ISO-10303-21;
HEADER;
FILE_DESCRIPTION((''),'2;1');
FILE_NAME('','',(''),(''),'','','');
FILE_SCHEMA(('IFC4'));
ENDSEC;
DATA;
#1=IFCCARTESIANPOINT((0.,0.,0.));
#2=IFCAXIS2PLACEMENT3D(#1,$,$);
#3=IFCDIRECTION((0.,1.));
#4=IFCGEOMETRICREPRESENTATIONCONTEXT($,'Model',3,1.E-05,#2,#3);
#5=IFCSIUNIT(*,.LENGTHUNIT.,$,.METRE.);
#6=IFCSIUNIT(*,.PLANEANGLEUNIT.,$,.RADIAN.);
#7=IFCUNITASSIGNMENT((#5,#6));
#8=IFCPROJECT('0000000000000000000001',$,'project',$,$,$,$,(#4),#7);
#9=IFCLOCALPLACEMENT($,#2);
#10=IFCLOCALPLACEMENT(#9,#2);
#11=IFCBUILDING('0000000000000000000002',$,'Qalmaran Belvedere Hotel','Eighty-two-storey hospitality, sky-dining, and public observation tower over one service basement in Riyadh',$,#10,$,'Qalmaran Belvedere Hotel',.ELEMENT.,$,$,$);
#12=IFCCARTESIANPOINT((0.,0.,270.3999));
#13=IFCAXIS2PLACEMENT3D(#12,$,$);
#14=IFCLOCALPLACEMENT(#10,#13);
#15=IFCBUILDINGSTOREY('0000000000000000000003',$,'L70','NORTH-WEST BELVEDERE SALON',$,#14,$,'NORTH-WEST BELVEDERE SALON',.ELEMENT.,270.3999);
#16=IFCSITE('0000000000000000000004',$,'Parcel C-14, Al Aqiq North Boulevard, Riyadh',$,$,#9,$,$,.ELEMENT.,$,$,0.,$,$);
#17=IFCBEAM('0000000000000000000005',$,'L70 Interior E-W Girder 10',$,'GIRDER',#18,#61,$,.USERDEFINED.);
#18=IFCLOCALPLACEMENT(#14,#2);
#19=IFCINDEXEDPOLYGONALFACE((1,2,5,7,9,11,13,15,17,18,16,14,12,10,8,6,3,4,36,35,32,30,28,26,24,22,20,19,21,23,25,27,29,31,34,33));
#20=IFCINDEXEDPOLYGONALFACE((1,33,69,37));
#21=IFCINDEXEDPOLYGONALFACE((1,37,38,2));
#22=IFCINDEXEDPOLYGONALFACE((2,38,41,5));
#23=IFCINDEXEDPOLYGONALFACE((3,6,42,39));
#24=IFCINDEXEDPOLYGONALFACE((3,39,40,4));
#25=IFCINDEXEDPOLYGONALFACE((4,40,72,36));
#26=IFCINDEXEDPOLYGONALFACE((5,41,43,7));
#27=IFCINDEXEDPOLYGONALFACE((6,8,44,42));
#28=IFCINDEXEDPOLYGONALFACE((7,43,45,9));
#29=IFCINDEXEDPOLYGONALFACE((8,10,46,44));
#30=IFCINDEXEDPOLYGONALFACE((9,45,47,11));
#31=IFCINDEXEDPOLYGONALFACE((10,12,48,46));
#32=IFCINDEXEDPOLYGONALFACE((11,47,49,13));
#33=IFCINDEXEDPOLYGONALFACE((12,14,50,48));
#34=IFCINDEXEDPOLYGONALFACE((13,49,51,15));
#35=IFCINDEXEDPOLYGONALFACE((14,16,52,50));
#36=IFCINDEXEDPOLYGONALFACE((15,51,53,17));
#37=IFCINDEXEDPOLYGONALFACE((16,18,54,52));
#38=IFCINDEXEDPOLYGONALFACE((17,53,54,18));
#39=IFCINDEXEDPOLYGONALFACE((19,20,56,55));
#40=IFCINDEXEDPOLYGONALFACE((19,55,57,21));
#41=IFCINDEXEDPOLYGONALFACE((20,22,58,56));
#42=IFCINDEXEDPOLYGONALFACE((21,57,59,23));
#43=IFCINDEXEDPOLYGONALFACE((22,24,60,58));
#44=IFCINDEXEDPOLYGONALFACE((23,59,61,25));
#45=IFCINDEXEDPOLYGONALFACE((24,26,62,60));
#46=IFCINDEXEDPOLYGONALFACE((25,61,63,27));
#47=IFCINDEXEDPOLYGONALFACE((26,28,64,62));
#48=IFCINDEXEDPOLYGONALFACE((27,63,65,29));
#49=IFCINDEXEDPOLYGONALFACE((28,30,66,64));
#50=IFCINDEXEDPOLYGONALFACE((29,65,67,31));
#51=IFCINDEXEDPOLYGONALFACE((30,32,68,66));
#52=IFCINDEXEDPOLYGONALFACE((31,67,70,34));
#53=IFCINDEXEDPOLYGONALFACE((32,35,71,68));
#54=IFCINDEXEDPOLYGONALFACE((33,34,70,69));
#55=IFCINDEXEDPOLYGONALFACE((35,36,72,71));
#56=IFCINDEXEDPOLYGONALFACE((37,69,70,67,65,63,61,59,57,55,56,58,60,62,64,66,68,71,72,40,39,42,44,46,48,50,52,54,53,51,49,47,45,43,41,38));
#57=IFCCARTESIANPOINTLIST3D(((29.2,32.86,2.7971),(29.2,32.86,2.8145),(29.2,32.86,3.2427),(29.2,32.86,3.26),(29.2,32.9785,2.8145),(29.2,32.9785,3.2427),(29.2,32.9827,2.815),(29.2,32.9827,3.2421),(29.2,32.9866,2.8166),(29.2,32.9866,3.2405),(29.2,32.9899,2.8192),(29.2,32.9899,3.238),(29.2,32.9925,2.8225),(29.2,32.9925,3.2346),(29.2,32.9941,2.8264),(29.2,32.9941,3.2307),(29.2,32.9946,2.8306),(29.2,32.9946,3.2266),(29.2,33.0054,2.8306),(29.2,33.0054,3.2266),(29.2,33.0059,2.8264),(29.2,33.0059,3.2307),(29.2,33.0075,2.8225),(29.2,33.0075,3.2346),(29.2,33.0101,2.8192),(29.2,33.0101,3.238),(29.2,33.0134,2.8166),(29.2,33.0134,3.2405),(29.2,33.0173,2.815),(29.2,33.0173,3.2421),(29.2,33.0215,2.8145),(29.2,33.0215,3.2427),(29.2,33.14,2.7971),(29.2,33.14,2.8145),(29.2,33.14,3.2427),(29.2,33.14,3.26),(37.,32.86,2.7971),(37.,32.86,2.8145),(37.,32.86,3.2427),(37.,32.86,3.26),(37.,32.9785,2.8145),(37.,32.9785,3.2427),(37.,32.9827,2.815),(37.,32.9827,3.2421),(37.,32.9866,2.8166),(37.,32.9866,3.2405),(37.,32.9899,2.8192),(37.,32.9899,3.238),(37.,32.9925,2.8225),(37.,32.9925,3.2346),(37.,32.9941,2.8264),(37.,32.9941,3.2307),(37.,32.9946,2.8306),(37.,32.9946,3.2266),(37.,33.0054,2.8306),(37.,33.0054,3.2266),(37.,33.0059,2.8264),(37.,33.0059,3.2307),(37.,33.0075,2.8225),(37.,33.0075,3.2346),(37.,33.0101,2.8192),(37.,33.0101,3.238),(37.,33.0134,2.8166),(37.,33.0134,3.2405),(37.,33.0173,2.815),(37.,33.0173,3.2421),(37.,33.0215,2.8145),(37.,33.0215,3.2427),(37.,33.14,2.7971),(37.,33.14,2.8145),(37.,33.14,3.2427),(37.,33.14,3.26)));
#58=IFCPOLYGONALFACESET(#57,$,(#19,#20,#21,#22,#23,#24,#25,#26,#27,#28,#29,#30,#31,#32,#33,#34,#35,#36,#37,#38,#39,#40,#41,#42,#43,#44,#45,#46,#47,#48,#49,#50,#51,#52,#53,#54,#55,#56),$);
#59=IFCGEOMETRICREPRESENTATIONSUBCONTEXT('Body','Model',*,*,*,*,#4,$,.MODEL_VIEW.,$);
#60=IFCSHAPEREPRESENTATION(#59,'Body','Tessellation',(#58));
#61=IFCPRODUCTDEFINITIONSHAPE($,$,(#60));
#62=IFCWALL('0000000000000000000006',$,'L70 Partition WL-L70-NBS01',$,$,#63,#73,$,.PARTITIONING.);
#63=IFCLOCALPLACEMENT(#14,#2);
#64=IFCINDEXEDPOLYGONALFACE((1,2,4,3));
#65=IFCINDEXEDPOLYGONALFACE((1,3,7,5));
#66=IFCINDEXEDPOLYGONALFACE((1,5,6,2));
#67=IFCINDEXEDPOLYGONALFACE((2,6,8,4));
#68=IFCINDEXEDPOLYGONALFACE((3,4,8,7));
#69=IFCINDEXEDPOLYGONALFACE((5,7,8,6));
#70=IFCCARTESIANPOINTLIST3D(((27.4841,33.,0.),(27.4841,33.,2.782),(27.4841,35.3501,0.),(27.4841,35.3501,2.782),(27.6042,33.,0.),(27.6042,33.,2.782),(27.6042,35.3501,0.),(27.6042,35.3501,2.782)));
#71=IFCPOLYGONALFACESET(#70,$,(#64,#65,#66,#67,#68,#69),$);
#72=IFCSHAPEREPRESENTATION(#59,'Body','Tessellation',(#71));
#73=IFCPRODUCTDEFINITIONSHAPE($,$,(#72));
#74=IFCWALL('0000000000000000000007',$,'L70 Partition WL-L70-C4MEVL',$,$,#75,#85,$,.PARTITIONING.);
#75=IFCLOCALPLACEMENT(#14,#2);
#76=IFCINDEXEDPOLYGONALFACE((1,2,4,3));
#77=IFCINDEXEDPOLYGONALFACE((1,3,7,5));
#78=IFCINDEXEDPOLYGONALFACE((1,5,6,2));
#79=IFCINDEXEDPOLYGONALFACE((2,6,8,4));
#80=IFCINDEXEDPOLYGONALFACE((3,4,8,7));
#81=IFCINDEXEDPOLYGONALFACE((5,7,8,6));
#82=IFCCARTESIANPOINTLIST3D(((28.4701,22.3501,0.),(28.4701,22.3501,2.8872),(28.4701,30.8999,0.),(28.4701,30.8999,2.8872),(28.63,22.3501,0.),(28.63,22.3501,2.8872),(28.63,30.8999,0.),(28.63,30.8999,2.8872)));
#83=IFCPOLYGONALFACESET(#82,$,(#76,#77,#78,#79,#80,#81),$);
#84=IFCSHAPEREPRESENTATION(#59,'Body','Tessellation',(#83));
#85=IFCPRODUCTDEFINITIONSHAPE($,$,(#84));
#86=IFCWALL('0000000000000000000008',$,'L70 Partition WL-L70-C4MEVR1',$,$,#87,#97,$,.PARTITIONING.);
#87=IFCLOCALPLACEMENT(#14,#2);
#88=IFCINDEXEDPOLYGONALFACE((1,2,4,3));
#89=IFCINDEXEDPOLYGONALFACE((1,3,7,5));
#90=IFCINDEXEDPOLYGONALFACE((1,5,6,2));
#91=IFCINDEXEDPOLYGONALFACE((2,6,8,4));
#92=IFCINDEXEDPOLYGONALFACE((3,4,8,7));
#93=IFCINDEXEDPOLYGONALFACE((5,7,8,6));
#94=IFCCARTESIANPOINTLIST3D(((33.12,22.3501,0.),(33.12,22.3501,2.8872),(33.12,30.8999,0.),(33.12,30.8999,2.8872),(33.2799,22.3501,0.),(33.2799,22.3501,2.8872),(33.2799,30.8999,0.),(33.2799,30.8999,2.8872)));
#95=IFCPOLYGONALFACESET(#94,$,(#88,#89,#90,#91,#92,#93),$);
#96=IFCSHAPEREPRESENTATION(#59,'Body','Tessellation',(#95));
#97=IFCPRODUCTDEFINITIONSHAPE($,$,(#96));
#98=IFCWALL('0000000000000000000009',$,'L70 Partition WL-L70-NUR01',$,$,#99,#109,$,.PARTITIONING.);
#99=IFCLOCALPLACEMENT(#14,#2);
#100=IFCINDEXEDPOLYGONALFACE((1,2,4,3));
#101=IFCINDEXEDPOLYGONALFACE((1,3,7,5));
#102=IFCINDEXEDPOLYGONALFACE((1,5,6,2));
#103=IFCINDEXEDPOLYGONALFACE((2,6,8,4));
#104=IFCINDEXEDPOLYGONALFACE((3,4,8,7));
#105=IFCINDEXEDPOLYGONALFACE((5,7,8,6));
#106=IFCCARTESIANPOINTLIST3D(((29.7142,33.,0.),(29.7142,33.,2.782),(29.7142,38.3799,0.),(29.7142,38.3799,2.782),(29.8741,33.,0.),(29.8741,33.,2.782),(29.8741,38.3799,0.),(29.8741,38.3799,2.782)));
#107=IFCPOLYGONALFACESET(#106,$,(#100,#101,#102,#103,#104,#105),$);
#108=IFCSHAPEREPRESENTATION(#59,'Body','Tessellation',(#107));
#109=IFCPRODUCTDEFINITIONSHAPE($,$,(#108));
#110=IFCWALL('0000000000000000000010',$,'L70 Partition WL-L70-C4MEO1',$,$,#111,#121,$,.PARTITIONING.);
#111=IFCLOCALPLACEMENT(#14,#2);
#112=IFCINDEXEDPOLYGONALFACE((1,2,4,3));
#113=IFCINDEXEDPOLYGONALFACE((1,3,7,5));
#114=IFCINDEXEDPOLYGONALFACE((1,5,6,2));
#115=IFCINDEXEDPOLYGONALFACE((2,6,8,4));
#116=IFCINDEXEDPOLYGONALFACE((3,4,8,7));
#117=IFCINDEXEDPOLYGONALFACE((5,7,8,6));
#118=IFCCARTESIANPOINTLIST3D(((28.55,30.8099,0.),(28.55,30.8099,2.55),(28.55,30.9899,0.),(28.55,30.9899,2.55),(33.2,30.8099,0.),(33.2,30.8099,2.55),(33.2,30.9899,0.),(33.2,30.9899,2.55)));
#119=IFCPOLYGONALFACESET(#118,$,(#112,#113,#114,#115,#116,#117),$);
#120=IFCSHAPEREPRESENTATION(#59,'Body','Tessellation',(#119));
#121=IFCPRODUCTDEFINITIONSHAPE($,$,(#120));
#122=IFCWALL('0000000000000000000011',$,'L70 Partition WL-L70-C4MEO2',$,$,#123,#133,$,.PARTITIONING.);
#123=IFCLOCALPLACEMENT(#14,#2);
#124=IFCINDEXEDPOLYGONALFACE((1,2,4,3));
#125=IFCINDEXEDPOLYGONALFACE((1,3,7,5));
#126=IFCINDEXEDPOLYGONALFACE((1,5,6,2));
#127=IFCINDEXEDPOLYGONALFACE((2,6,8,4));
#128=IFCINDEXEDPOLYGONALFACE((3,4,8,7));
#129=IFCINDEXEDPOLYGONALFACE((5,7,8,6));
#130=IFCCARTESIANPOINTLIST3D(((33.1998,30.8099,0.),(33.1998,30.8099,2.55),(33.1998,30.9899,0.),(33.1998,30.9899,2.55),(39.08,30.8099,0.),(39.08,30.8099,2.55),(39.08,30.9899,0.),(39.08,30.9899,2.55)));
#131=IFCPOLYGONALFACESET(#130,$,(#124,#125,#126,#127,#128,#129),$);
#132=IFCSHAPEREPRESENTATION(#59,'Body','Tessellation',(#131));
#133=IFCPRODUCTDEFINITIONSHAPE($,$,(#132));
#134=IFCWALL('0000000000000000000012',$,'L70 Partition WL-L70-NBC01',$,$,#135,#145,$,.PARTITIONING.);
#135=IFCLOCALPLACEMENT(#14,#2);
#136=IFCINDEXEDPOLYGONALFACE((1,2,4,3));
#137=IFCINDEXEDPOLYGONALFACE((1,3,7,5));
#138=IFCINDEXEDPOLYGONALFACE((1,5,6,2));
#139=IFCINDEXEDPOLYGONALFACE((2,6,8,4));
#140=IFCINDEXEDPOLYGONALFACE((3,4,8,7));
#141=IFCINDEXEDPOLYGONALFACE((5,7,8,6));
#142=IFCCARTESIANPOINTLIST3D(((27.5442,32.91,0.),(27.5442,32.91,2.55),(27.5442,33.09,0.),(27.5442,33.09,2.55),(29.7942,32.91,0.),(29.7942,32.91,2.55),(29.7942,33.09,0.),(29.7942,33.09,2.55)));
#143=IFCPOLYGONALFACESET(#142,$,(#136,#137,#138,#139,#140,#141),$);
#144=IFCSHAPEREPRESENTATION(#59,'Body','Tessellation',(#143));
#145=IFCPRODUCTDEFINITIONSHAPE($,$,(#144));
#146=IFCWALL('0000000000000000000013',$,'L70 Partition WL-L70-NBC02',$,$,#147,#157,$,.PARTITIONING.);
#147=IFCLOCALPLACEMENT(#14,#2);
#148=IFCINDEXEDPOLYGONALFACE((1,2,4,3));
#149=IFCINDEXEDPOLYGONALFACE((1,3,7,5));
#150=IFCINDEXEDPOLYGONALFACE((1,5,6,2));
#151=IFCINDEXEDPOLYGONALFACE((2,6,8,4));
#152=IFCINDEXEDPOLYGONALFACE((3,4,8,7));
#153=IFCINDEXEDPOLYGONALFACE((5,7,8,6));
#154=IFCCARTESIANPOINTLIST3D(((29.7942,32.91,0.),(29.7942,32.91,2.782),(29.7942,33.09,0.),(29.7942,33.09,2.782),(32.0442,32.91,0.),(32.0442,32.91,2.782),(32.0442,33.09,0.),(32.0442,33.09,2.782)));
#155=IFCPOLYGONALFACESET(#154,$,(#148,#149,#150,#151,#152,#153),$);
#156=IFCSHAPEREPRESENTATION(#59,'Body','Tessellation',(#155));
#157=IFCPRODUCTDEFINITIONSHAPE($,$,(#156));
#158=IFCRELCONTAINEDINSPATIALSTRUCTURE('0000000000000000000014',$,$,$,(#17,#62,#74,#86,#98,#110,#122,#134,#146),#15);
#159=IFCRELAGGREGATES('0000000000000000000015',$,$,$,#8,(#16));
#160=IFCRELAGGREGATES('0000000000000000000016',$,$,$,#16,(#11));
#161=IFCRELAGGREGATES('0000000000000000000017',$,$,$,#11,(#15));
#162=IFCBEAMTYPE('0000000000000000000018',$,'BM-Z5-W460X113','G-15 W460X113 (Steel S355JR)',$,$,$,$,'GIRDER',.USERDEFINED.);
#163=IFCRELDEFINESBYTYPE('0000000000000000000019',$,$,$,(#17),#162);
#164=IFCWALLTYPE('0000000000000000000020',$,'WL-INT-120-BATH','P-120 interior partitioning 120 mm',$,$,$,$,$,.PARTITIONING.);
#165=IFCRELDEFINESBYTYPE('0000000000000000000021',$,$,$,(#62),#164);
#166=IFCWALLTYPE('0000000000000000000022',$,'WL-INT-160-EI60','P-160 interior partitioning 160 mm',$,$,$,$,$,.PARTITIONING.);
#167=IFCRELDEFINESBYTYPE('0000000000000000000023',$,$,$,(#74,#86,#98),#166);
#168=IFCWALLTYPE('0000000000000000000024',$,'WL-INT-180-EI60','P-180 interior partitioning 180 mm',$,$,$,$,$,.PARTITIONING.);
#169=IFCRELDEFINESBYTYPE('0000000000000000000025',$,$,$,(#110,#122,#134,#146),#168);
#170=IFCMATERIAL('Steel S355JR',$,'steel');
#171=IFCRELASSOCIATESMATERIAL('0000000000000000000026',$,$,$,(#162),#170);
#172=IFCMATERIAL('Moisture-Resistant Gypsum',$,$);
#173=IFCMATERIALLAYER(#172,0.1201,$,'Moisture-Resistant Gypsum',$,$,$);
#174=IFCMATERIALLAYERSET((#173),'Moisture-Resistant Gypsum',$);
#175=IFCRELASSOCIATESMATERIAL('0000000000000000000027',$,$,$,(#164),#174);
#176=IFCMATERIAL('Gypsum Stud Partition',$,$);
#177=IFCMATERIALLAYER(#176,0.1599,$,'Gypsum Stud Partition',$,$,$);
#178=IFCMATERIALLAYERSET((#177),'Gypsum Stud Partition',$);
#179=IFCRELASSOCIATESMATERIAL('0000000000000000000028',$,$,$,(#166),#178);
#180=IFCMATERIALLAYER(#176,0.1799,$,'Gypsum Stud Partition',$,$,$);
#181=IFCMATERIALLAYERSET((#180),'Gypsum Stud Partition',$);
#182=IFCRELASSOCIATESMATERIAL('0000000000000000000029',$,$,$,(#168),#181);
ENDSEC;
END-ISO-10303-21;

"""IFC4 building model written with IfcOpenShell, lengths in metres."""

from ifc_helpers import new_model, si_unit, direction, frame, frame_2d, origin, origin_2d, place, context, subcontext, project, spatial, rectangle, i_section, extrude, material, layer, layer_set, material_profile, profile_set, type_object, element, save


model = new_model("IFC4")

# Units and contexts
model_context = context("Model", 3, precision=1e-05, world=origin(), true_north=direction((0.0, 1.0)))
body_context = subcontext(model_context, "Body", "Model", "MODEL_VIEW")
ifc_project = project(units=[si_unit("LENGTHUNIT", "METRE"), si_unit("PLANEANGLEUNIT", "RADIAN")], contexts=[model_context])

# Site, building, storey
site_placement = place(None, origin())
site = spatial("IfcSite", under=ifc_project, at=site_placement, Name="Parcel C-14, Al Aqiq North Boulevard, Riyadh", CompositionType="ELEMENT", RefElevation=0.0)
building_placement = place(site_placement, origin())
building = spatial("IfcBuilding", under=site, at=building_placement, Name="Qalmaran Belvedere Hotel", Description="Eighty-two-storey hospitality, sky-dining, and public observation tower over one service basement in Riyadh", LongName="Qalmaran Belvedere Hotel", CompositionType="ELEMENT")
storey_placement = place(building_placement, frame((0.0, 0.0, 270.3999)))
storey = spatial("IfcBuildingStorey", under=building, at=storey_placement, Name="L70", Description="NORTH-WEST BELVEDERE SALON", LongName="NORTH-WEST BELVEDERE SALON", CompositionType="ELEMENT", Elevation=270.3999)

# Beam
ifc_material_1 = material(Name="Steel S355JR", Category="steel")
ifc_material_profile_1 = material_profile(ifc_material_1, i_section(OverallWidth=0.28, OverallDepth=0.4629, WebThickness=0.0107, FlangeThickness=0.0173, FilletRadius=0.0161, at=origin_2d()), Name="W460X113")
ifc_profile_set_1 = profile_set([ifc_material_profile_1], Name="Steel S355JR")
beam_type_1 = type_object("IfcBeamType", Name="BM-Z5-W460X113", Description="G-15 W460X113 (Steel S355JR)", ElementType="GIRDER", PredefinedType="USERDEFINED", material=ifc_profile_set_1)
beam_1_placement = place(storey_placement, frame((29.2, 33.0, 3.0286), z_axis=(1.0, 0.0, 0.0), x_axis=(0.0, 1.0, 0.0)))
element("IfcBeam", 1, at=beam_1_placement, inside=storey, type_object=beam_type_1, Name="L70 Interior E-W Girder 10", ObjectType="GIRDER", PredefinedType="USERDEFINED", context=body_context, shape_type="SweptSolid", body=[
    extrude(i_section(OverallWidth=0.28, OverallDepth=0.4629, WebThickness=0.0107, FlangeThickness=0.0173, FilletRadius=0.0161, at=origin_2d()), origin(), (0.0, 0.0, 1.0), 7.8),
])

# Walls
ifc_material_2 = material(Name="Moisture-Resistant Gypsum")
ifc_layer_1 = layer(ifc_material_2, 0.1201, Name="Moisture-Resistant Gypsum")
ifc_layer_set_1 = layer_set([ifc_layer_1], Name="Moisture-Resistant Gypsum")
wall_type_1 = type_object("IfcWallType", Name="WL-INT-120-BATH", Description="P-120 interior partitioning 120 mm", PredefinedType="PARTITIONING", material=ifc_layer_set_1)
wall_1_placement = place(storey_placement, frame((27.5442, 33.0, 0.0), z_axis=(0.0, 0.0, 1.0), x_axis=(0.0, 1.0, 0.0)))
element("IfcWall", 2, at=wall_1_placement, inside=storey, type_object=wall_type_1, Name="L70 Partition WL-L70-NBS01", PredefinedType="PARTITIONING", context=body_context, shape_type="SweptSolid", body=[
    extrude(rectangle(XDim=2.3501, YDim=0.1201, at=frame_2d((1.175, 0.0))), origin(), (0.0, 0.0, 1.0), 2.782),
])
ifc_material_3 = material(Name="Gypsum Stud Partition")
ifc_layer_2 = layer(ifc_material_3, 0.1599, Name="Gypsum Stud Partition")
ifc_layer_set_2 = layer_set([ifc_layer_2], Name="Gypsum Stud Partition")
wall_type_2 = type_object("IfcWallType", Name="WL-INT-160-EI60", Description="P-160 interior partitioning 160 mm", PredefinedType="PARTITIONING", material=ifc_layer_set_2)
for number, where, z_axis, x_axis, name in (
    (3, (28.55, 22.3501, 0.0), (0.0, 0.0, 1.0), (0.0, 1.0, 0.0), "L70 Partition WL-L70-C4MEVL"),
    (4, (33.2, 22.3501, 0.0), (0.0, 0.0, 1.0), (0.0, 1.0, 0.0), "L70 Partition WL-L70-C4MEVR1"),
):
    element("IfcWall", number, at=place(storey_placement, frame(where, z_axis=z_axis, x_axis=x_axis)), inside=storey, type_object=wall_type_2, Name=name, PredefinedType="PARTITIONING", context=body_context, shape_type="SweptSolid", body=[
        extrude(rectangle(XDim=8.5498, YDim=0.1599, at=frame_2d((4.2749, 0.0))), origin(), (0.0, 0.0, 1.0), 2.8872),
    ])
wall_2_placement = place(storey_placement, frame((29.7942, 33.0, 0.0), z_axis=(0.0, 0.0, 1.0), x_axis=(0.0, 1.0, 0.0)))
element("IfcWall", 5, at=wall_2_placement, inside=storey, type_object=wall_type_2, Name="L70 Partition WL-L70-NUR01", PredefinedType="PARTITIONING", context=body_context, shape_type="SweptSolid", body=[
    extrude(rectangle(XDim=5.3799, YDim=0.1599, at=frame_2d((2.6899, 0.0))), origin(), (0.0, 0.0, 1.0), 2.782),
])

# Shared definitions
ifc_layer_3 = layer(ifc_material_3, 0.1799, Name="Gypsum Stud Partition")
ifc_layer_set_3 = layer_set([ifc_layer_3], Name="Gypsum Stud Partition")
wall_type_3 = type_object("IfcWallType", Name="WL-INT-180-EI60", Description="P-180 interior partitioning 180 mm", PredefinedType="PARTITIONING", material=ifc_layer_set_3)

# Wall
wall_3_placement = place(storey_placement, frame((28.55, 30.8999, 0.0), z_axis=(0.0, 0.0, 1.0), x_axis=(1.0, 0.0, 0.0)))
element("IfcWall", 6, at=wall_3_placement, inside=storey, type_object=wall_type_3, Name="L70 Partition WL-L70-C4MEO1", PredefinedType="PARTITIONING", context=body_context, shape_type="SweptSolid", body=[
    extrude(rectangle(XDim=4.6499, YDim=0.1799, at=frame_2d((2.325, 0.0))), origin(), (0.0, 0.0, 1.0), 2.55),
])

# Walls
wall_4_placement = place(storey_placement, frame((33.2, 30.8999, 0.0), z_axis=(0.0, 0.0, 1.0), x_axis=(1.0, 0.0, 0.0)))
element("IfcWall", 7, at=wall_4_placement, inside=storey, type_object=wall_type_3, Name="L70 Partition WL-L70-C4MEO2", PredefinedType="PARTITIONING", context=body_context, shape_type="SweptSolid", body=[
    extrude(rectangle(XDim=5.8801, YDim=0.1799, at=frame_2d((2.9399, 0.0))), origin(), (0.0, 0.0, 1.0), 2.55),
])
wall_5_placement = place(storey_placement, frame((27.5442, 33.0, 0.0), z_axis=(0.0, 0.0, 1.0), x_axis=(1.0, 0.0, 0.0)))
element("IfcWall", 8, at=wall_5_placement, inside=storey, type_object=wall_type_3, Name="L70 Partition WL-L70-NBC01", PredefinedType="PARTITIONING", context=body_context, shape_type="SweptSolid", body=[
    extrude(rectangle(XDim=2.25, YDim=0.1799, at=frame_2d((1.125, 0.0))), origin(), (0.0, 0.0, 1.0), 2.55),
])
wall_6_placement = place(storey_placement, frame((29.7942, 33.0, 0.0), z_axis=(0.0, 0.0, 1.0), x_axis=(1.0, 0.0, 0.0)))
element("IfcWall", 9, at=wall_6_placement, inside=storey, type_object=wall_type_3, Name="L70 Partition WL-L70-NBC02", PredefinedType="PARTITIONING", context=body_context, shape_type="SweptSolid", body=[
    extrude(rectangle(XDim=2.25, YDim=0.1799, at=frame_2d((1.125, 0.0))), origin(), (0.0, 0.0, 1.0), 2.782),
])

save(model, "model.ifc")
